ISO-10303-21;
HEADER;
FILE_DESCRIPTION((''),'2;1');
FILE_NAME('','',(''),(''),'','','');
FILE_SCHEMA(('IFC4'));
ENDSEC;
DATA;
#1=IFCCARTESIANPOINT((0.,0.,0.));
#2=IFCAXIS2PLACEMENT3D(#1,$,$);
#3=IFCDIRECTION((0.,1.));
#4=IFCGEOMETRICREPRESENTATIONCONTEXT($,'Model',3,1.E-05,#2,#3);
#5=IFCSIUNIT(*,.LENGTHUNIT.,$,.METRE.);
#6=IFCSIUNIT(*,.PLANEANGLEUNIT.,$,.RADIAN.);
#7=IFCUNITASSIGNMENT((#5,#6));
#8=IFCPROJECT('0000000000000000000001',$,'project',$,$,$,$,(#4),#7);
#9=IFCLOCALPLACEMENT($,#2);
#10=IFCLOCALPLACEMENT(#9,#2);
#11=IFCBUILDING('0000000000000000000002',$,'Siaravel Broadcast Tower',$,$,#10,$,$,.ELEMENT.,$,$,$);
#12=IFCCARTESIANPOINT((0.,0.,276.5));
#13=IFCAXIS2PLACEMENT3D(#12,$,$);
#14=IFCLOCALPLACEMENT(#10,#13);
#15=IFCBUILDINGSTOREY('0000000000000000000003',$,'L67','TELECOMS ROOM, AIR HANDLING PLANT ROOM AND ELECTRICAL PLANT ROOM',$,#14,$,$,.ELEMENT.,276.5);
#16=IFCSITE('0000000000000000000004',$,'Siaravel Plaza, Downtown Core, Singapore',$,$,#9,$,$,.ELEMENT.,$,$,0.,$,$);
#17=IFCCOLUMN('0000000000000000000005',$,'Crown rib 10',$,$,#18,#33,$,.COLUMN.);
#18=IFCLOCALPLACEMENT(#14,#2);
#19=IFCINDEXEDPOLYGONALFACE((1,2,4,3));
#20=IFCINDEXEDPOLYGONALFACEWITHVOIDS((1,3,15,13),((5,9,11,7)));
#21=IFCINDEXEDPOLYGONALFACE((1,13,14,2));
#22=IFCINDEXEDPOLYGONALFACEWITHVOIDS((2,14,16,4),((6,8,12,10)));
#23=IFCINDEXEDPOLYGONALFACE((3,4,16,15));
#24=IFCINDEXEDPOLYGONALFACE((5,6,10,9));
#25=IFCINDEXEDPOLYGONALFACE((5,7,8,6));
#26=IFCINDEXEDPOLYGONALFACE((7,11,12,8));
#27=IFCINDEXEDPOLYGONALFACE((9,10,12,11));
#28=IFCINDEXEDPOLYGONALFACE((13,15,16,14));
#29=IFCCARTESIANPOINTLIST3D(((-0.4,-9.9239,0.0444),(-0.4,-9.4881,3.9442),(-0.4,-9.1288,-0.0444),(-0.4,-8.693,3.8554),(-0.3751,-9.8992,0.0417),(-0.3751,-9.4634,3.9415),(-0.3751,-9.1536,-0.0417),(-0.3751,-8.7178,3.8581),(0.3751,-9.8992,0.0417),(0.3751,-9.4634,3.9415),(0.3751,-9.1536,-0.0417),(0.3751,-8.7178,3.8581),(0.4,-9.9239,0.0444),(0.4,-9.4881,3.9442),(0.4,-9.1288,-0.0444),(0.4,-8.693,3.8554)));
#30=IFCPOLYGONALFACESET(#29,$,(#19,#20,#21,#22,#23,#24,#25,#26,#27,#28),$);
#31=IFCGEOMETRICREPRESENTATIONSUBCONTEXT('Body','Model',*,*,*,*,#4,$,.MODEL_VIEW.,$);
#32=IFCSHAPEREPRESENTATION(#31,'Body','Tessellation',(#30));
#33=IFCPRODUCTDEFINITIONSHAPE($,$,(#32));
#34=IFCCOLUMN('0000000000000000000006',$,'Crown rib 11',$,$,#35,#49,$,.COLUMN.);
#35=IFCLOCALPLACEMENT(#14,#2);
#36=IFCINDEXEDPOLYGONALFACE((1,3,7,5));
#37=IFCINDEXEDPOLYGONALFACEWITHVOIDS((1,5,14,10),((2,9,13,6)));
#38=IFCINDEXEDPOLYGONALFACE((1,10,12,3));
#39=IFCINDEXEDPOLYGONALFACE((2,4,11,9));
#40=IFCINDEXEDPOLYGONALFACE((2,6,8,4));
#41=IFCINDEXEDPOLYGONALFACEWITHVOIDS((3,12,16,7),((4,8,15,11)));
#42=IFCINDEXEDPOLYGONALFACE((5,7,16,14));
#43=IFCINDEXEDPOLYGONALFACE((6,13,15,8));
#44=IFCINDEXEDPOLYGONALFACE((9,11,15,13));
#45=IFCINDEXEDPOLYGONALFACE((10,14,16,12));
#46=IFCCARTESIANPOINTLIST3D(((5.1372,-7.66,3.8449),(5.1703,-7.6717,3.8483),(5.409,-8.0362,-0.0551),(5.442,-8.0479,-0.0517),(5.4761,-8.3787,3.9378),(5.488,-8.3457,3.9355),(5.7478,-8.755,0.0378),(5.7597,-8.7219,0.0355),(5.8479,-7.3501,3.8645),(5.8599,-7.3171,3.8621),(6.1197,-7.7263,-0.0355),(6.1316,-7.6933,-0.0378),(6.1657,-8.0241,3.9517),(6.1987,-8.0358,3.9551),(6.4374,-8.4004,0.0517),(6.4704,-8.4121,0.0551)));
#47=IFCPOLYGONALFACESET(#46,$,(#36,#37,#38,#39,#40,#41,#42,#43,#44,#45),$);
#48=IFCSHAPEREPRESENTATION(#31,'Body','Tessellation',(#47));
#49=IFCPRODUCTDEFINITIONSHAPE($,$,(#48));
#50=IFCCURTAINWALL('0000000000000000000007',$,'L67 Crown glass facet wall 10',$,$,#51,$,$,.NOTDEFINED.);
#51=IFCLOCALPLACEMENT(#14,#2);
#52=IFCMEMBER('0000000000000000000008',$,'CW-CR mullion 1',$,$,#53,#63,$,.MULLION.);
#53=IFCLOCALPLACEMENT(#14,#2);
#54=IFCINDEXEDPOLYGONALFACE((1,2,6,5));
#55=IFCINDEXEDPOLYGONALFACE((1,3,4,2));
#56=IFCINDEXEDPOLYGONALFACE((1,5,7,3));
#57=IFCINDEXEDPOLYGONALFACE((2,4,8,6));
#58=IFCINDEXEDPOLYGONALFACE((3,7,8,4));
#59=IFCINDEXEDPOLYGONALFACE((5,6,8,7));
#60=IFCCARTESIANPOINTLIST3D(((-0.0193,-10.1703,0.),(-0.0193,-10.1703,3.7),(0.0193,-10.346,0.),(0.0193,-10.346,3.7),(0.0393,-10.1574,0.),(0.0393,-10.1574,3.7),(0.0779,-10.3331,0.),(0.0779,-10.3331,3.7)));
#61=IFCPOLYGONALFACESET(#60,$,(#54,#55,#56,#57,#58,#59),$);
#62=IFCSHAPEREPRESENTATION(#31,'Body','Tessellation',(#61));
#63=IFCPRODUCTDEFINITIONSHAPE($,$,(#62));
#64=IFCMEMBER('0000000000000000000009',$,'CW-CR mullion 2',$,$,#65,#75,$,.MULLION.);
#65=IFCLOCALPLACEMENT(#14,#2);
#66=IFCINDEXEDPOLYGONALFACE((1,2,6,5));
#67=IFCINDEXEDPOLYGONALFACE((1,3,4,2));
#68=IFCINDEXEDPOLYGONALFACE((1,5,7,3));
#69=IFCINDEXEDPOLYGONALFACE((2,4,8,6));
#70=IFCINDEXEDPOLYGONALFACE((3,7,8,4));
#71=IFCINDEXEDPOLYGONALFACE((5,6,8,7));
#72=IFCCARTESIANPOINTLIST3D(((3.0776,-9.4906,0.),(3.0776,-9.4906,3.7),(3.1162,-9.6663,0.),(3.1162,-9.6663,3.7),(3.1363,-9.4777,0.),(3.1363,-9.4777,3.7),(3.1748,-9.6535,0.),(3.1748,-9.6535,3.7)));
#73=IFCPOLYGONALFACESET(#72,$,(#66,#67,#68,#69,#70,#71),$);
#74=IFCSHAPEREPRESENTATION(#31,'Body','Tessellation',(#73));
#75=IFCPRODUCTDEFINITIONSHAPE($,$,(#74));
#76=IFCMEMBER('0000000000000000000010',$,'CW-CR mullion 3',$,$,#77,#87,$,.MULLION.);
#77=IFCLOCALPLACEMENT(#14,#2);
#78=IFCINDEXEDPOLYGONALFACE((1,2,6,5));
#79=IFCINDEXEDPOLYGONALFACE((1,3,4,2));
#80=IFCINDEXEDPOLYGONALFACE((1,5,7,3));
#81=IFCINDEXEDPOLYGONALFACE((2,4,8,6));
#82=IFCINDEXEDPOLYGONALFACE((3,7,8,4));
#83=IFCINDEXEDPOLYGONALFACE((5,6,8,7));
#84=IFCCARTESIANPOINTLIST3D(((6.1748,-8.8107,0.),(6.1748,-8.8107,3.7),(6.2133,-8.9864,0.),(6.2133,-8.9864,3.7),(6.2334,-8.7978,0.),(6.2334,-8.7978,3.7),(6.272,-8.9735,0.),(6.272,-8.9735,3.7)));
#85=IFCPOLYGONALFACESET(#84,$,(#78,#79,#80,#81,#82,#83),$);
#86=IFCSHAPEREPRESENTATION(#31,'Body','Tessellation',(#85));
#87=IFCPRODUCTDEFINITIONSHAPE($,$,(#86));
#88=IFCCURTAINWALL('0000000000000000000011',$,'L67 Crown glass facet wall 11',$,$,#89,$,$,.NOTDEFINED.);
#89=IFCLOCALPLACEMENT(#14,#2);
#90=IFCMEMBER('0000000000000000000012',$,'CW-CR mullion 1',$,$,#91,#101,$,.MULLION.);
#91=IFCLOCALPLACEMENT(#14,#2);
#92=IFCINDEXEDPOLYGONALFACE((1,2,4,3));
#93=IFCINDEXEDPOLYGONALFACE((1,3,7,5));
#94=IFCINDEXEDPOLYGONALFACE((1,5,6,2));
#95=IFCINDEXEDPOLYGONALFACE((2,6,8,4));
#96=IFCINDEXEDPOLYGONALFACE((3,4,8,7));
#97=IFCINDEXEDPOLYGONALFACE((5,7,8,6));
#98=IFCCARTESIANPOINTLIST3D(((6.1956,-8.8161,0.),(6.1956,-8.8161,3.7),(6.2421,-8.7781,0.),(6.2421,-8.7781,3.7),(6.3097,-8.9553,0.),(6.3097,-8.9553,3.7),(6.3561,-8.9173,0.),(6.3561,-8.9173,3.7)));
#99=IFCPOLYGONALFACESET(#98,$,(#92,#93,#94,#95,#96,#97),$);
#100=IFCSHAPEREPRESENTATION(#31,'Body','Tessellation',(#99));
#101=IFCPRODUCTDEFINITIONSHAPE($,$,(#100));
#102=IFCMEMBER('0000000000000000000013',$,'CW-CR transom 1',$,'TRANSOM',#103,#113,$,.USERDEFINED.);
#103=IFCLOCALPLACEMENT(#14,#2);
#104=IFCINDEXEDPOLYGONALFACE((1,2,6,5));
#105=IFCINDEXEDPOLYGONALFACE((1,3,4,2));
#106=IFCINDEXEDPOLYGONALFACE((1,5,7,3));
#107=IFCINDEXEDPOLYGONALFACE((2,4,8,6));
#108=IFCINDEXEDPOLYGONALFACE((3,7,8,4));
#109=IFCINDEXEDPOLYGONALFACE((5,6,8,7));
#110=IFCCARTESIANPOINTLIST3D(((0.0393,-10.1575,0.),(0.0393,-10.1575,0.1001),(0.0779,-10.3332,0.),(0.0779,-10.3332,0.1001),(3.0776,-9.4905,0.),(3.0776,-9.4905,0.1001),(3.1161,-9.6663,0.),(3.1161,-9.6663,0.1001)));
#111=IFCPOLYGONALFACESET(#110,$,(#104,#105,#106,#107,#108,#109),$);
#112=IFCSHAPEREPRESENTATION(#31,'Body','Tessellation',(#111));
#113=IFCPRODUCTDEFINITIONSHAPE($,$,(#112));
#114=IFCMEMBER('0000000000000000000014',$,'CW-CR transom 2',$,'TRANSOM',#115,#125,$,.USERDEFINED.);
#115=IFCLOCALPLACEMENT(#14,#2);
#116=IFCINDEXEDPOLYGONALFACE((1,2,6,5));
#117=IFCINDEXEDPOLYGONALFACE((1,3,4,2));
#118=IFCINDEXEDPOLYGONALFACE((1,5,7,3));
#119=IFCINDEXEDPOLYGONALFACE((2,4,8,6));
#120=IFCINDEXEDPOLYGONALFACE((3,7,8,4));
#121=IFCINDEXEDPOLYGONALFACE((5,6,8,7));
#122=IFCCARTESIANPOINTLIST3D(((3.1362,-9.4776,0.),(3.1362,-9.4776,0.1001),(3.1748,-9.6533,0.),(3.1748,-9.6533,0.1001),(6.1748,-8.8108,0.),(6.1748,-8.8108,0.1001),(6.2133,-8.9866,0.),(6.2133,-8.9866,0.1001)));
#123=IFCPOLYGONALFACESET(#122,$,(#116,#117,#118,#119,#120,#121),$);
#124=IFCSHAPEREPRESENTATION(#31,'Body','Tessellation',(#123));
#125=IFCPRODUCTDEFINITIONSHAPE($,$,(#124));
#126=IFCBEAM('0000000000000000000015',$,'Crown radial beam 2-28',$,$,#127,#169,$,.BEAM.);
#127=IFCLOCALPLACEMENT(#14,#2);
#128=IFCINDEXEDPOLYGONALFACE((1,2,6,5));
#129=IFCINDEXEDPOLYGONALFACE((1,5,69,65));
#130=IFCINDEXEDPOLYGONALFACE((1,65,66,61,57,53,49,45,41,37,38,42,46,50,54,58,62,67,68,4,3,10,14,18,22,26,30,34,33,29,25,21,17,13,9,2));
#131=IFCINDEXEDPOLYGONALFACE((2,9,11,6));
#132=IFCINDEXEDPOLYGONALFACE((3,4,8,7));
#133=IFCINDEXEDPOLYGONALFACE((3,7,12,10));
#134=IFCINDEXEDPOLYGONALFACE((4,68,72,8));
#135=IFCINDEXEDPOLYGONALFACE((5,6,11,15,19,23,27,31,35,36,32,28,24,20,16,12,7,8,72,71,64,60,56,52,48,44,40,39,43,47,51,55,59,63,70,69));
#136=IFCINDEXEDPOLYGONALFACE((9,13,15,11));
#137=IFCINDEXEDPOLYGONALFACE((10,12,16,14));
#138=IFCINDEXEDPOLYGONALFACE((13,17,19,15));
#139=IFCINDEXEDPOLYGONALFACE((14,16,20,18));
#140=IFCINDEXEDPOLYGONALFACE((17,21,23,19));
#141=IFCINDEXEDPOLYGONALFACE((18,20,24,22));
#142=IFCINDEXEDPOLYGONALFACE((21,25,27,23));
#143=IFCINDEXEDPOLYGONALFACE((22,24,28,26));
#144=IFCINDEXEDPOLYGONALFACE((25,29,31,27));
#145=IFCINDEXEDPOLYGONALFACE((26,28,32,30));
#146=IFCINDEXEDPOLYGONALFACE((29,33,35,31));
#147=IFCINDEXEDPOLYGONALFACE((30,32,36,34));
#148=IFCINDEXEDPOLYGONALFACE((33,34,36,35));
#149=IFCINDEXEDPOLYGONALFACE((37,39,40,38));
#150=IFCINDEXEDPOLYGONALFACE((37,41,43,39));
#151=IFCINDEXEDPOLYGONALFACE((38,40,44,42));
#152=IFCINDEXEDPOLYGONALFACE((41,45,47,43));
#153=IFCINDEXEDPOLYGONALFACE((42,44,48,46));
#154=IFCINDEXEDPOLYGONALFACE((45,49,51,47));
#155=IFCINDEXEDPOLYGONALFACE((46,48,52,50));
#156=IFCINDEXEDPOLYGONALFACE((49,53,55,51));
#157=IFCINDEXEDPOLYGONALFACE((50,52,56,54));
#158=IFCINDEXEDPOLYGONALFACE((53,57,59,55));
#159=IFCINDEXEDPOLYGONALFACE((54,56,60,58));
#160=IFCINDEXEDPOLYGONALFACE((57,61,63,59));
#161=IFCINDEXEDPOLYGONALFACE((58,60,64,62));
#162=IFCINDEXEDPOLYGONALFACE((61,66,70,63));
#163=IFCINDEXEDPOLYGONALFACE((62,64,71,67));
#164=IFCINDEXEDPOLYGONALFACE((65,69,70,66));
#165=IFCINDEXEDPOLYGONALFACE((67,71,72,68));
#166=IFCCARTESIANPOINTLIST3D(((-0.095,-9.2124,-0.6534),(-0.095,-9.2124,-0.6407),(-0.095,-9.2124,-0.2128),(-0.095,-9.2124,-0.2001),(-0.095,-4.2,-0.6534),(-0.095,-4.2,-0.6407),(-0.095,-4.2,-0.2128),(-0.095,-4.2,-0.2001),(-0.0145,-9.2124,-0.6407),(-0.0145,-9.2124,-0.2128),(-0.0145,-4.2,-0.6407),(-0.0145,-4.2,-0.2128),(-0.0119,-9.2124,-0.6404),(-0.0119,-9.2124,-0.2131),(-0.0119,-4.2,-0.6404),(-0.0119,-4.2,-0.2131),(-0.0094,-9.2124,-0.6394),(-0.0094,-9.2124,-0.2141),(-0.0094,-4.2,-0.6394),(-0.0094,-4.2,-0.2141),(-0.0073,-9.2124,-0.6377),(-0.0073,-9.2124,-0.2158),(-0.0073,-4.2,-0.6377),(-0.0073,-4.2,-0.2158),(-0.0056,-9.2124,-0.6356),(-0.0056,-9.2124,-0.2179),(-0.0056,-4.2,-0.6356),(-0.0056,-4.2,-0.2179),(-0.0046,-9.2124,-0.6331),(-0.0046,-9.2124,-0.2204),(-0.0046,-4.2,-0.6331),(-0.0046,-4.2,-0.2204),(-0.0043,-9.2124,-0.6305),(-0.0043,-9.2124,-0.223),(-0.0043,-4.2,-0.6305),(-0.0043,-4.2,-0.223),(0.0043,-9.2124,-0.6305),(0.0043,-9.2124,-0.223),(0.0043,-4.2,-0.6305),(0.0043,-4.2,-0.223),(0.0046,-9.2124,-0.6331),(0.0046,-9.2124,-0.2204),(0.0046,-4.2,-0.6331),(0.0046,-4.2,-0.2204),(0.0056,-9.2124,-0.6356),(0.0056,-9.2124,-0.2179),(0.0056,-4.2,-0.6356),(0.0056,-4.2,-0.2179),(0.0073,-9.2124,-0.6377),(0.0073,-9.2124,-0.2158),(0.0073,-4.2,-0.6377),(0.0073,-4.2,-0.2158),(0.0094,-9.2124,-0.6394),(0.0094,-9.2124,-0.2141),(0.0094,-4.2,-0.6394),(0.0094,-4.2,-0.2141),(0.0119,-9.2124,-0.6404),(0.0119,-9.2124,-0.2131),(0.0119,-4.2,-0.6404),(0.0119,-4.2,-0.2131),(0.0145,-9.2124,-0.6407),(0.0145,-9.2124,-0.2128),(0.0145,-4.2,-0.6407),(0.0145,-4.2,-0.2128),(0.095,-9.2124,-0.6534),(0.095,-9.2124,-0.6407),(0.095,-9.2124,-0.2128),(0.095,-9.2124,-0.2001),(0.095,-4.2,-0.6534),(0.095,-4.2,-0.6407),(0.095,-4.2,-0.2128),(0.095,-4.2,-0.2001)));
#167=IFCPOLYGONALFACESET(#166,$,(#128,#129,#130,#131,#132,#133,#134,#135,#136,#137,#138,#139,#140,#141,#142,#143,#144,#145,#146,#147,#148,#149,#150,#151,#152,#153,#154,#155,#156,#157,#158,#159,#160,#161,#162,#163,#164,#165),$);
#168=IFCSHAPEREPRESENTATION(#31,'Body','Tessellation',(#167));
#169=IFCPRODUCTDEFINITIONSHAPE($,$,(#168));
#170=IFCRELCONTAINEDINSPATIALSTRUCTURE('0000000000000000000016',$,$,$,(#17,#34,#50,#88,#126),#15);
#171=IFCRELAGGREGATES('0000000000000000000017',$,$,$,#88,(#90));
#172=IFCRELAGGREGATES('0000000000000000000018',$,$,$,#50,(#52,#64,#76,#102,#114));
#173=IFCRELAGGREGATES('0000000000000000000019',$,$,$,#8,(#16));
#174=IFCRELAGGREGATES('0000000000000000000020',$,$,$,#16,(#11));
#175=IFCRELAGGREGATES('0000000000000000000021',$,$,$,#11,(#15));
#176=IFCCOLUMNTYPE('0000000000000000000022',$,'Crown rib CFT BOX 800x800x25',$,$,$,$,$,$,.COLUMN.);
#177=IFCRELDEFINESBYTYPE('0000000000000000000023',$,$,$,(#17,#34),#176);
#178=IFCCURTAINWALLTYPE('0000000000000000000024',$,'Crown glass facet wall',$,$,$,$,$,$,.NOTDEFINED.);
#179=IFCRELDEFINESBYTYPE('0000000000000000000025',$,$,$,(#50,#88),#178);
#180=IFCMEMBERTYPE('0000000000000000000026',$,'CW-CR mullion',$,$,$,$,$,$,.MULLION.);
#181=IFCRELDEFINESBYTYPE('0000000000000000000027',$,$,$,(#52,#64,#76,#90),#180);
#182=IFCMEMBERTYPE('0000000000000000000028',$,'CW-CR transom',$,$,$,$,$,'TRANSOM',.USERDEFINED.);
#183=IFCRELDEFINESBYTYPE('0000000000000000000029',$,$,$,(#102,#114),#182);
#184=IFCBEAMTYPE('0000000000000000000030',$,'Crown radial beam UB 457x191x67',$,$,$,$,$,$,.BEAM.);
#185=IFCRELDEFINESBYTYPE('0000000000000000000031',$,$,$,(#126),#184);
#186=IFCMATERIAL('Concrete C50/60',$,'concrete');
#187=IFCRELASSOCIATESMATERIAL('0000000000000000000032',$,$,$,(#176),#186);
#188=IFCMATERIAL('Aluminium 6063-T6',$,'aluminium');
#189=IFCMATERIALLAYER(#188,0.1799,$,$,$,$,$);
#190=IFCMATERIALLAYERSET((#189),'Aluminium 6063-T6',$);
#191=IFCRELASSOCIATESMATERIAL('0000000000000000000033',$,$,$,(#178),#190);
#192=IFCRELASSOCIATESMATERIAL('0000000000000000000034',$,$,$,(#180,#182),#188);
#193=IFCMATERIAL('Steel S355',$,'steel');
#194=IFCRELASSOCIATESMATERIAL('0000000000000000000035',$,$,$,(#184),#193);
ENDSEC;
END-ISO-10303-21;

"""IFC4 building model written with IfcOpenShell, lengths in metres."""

from ifc_helpers import new_model, si_unit, direction, frame, origin, origin_2d, place, context, subcontext, project, spatial, rectangle, hollow_rectangle, i_section, extrude, material, layer, layer_set, material_profile, profile_set, type_object, element, aggregate, save


model = new_model("IFC4")

# Units and contexts
model_context = context("Model", 3, precision=1e-05, world=origin(), true_north=direction((0.0, 1.0)))
body_context = subcontext(model_context, "Body", "Model", "MODEL_VIEW")
ifc_project = project(units=[si_unit("LENGTHUNIT", "METRE"), si_unit("PLANEANGLEUNIT", "RADIAN")], contexts=[model_context])

# Site, building, storey
site_placement = place(None, origin())
site = spatial("IfcSite", under=ifc_project, at=site_placement, Name="Siaravel Plaza, Downtown Core, Singapore", CompositionType="ELEMENT", RefElevation=0.0)
building_placement = place(site_placement, origin())
building = spatial("IfcBuilding", under=site, at=building_placement, Name="Siaravel Broadcast Tower", CompositionType="ELEMENT")
storey_placement = place(building_placement, frame((0.0, 0.0, 276.5)))
storey = spatial("IfcBuildingStorey", under=building, at=storey_placement, Name="L67", Description="TELECOMS ROOM, AIR HANDLING PLANT ROOM AND ELECTRICAL PLANT ROOM", CompositionType="ELEMENT", Elevation=276.5)

# Columns
ifc_material_1 = material(Name="Concrete C50/60", Category="concrete")
ifc_material_profile_1 = material_profile(ifc_material_1, hollow_rectangle(XDim=0.8, YDim=0.8, WallThickness=0.0249, at=origin_2d()))
ifc_profile_set_1 = profile_set([ifc_material_profile_1], Name="Concrete C50/60")
column_type = type_object("IfcColumnType", Name="Crown rib CFT BOX 800x800x25", PredefinedType="COLUMN", material=ifc_profile_set_1)
column_1_placement = place(storey_placement, frame((0.0, -9.5264, 0.0), z_axis=(0.0, 0.111053, 0.993814), x_axis=(-1.0, 0.0, 0.0)))
element("IfcColumn", 1, at=column_1_placement, inside=storey, type_object=column_type, Name="Crown rib 10", PredefinedType="COLUMN", context=body_context, shape_type="SweptSolid", body=[
    extrude(hollow_rectangle(XDim=0.8, YDim=0.8, WallThickness=0.0249, at=origin_2d()), origin(), (0.0, 0.0, 1.0), 3.9241),
])
column_2_placement = place(storey_placement, frame((5.9397, -8.2241, 0.0), z_axis=(-0.069188, 0.095793, 0.992994), x_axis=(-0.903243, -0.428585, -0.021589)))
element("IfcColumn", 2, at=column_2_placement, inside=storey, type_object=column_type, Name="Crown rib 11", PredefinedType="COLUMN", context=body_context, shape_type="SweptSolid", body=[
    extrude(hollow_rectangle(XDim=0.8, YDim=0.8, WallThickness=0.0249, at=origin_2d()), origin(), (0.0, 0.0, 1.0), 3.9275),
])

# Curtain wall, members
ifc_material_2 = material(Name="Aluminium 6063-T6", Category="aluminium")
ifc_layer_1 = layer(ifc_material_2, 0.1799)
ifc_layer_set_1 = layer_set([ifc_layer_1], Name="Aluminium 6063-T6")
curtain_wall_type = type_object("IfcCurtainWallType", Name="Crown glass facet wall", PredefinedType="NOTDEFINED", material=ifc_layer_set_1)
curtain_wall_1_placement = place(storey_placement, origin())
curtain_wall_1 = element("IfcCurtainWall", 3, at=curtain_wall_1_placement, inside=storey, type_object=curtain_wall_type, Name="L67 Crown glass facet wall 10", PredefinedType="NOTDEFINED")
ifc_material_profile_2 = material_profile(ifc_material_2, rectangle(XDim=0.1799, YDim=0.0601, at=origin_2d()))
ifc_profile_set_2 = profile_set([ifc_material_profile_2], Name="Aluminium 6063-T6")
member_type_1 = type_object("IfcMemberType", Name="CW-CR mullion", PredefinedType="MULLION", material=ifc_profile_set_2)
member_1_placement = place(storey_placement, frame((0.0293, -10.2517, 0.0), z_axis=(0.0, 0.0, 1.0), x_axis=(-0.214394, 0.976747, 0.0)))
member_1 = element("IfcMember", 4, at=member_1_placement, type_object=member_type_1, Name="CW-CR mullion 1", PredefinedType="MULLION", context=body_context, shape_type="SweptSolid", body=[
    extrude(rectangle(XDim=0.1799, YDim=0.0601, at=origin_2d()), origin(), (0.0, 0.0, 1.0), 3.7),
])
member_2_placement = place(storey_placement, frame((3.1262, -9.572, 0.0), z_axis=(0.0, 0.0, 1.0), x_axis=(-0.214394, 0.976747, 0.0)))
member_2 = element("IfcMember", 5, at=member_2_placement, type_object=member_type_1, Name="CW-CR mullion 2", PredefinedType="MULLION", context=body_context, shape_type="SweptSolid", body=[
    extrude(rectangle(XDim=0.1799, YDim=0.0601, at=origin_2d()), origin(), (0.0, 0.0, 1.0), 3.7),
])
member_3_placement = place(storey_placement, frame((6.2234, -8.8921, 0.0), z_axis=(0.0, 0.0, 1.0), x_axis=(-0.214394, 0.976747, 0.0)))
member_3 = element("IfcMember", 6, at=member_3_placement, type_object=member_type_1, Name="CW-CR mullion 3", PredefinedType="MULLION", context=body_context, shape_type="SweptSolid", body=[
    extrude(rectangle(XDim=0.1799, YDim=0.0601, at=origin_2d()), origin(), (0.0, 0.0, 1.0), 3.7),
])

# Curtain wall, member
curtain_wall_2_placement = place(storey_placement, origin())
curtain_wall_2 = element("IfcCurtainWall", 7, at=curtain_wall_2_placement, inside=storey, type_object=curtain_wall_type, Name="L67 Crown glass facet wall 11", PredefinedType="NOTDEFINED")
member_4_placement = place(storey_placement, frame((6.2759, -8.8667, 0.0), z_axis=(0.0, 0.0, 1.0), x_axis=(-0.633713, 0.773569, 0.0)))
member_4 = element("IfcMember", 8, at=member_4_placement, type_object=member_type_1, Name="CW-CR mullion 1", PredefinedType="MULLION", context=body_context, shape_type="SweptSolid", body=[
    extrude(rectangle(XDim=0.1799, YDim=0.0601, at=origin_2d()), origin(), (0.0, 0.0, 1.0), 3.7),
])
aggregate(curtain_wall_2, [member_4])

# Members
ifc_material_profile_3 = material_profile(ifc_material_2, rectangle(XDim=0.1799, YDim=0.1001, at=origin_2d()))
ifc_profile_set_3 = profile_set([ifc_material_profile_3], Name="Aluminium 6063-T6")
member_type_2 = type_object("IfcMemberType", Name="CW-CR transom", ElementType="TRANSOM", PredefinedType="USERDEFINED", material=ifc_profile_set_3)
member_5_placement = place(storey_placement, frame((0.0586, -10.2454, 0.05), z_axis=(0.976742, 0.21442, 0.0), x_axis=(-0.21442, 0.976742, 0.0)))
member_5 = element("IfcMember", 9, at=member_5_placement, type_object=member_type_2, Name="CW-CR transom 1", ObjectType="TRANSOM", PredefinedType="USERDEFINED", context=body_context, shape_type="SweptSolid", body=[
    extrude(rectangle(XDim=0.1799, YDim=0.1001, at=origin_2d()), origin(), (0.0, 0.0, 1.0), 3.1106),
])
member_6_placement = place(storey_placement, frame((3.1555, -9.5654, 0.05), z_axis=(0.976762, 0.214329, 0.0), x_axis=(-0.214329, 0.976762, 0.0)))
member_6 = element("IfcMember", 10, at=member_6_placement, type_object=member_type_2, Name="CW-CR transom 2", ObjectType="TRANSOM", PredefinedType="USERDEFINED", context=body_context, shape_type="SweptSolid", body=[
    extrude(rectangle(XDim=0.1799, YDim=0.1001, at=origin_2d()), origin(), (0.0, 0.0, 1.0), 3.1108),
])

# Beam
ifc_material_3 = material(Name="Steel S355", Category="steel")
ifc_material_profile_4 = material_profile(ifc_material_3, i_section(OverallWidth=0.1899, OverallDepth=0.4534, WebThickness=0.0085, FlangeThickness=0.0127, FilletRadius=0.0103, at=origin_2d()))
ifc_profile_set_4 = profile_set([ifc_material_profile_4], Name="Steel S355")
beam_type_1 = type_object("IfcBeamType", Name="Crown radial beam UB 457x191x67", PredefinedType="BEAM", material=ifc_profile_set_4)
beam_1_placement = place(storey_placement, frame((0.0, -9.2124, -0.4268), z_axis=(0.0, 1.0, 0.0), x_axis=(-1.0, 0.0, 0.0)))
element("IfcBeam", 11, at=beam_1_placement, inside=storey, type_object=beam_type_1, Name="Crown radial beam 2-28", PredefinedType="BEAM", context=body_context, shape_type="SweptSolid", body=[
    extrude(i_section(OverallWidth=0.1899, OverallDepth=0.4534, WebThickness=0.0085, FlangeThickness=0.0127, FilletRadius=0.0103, at=origin_2d()), origin(), (0.0, 0.0, 1.0), 5.0125),
])

aggregate(curtain_wall_1, [member_1, member_2, member_3, member_5, member_6])

save(model, "model.ifc")
